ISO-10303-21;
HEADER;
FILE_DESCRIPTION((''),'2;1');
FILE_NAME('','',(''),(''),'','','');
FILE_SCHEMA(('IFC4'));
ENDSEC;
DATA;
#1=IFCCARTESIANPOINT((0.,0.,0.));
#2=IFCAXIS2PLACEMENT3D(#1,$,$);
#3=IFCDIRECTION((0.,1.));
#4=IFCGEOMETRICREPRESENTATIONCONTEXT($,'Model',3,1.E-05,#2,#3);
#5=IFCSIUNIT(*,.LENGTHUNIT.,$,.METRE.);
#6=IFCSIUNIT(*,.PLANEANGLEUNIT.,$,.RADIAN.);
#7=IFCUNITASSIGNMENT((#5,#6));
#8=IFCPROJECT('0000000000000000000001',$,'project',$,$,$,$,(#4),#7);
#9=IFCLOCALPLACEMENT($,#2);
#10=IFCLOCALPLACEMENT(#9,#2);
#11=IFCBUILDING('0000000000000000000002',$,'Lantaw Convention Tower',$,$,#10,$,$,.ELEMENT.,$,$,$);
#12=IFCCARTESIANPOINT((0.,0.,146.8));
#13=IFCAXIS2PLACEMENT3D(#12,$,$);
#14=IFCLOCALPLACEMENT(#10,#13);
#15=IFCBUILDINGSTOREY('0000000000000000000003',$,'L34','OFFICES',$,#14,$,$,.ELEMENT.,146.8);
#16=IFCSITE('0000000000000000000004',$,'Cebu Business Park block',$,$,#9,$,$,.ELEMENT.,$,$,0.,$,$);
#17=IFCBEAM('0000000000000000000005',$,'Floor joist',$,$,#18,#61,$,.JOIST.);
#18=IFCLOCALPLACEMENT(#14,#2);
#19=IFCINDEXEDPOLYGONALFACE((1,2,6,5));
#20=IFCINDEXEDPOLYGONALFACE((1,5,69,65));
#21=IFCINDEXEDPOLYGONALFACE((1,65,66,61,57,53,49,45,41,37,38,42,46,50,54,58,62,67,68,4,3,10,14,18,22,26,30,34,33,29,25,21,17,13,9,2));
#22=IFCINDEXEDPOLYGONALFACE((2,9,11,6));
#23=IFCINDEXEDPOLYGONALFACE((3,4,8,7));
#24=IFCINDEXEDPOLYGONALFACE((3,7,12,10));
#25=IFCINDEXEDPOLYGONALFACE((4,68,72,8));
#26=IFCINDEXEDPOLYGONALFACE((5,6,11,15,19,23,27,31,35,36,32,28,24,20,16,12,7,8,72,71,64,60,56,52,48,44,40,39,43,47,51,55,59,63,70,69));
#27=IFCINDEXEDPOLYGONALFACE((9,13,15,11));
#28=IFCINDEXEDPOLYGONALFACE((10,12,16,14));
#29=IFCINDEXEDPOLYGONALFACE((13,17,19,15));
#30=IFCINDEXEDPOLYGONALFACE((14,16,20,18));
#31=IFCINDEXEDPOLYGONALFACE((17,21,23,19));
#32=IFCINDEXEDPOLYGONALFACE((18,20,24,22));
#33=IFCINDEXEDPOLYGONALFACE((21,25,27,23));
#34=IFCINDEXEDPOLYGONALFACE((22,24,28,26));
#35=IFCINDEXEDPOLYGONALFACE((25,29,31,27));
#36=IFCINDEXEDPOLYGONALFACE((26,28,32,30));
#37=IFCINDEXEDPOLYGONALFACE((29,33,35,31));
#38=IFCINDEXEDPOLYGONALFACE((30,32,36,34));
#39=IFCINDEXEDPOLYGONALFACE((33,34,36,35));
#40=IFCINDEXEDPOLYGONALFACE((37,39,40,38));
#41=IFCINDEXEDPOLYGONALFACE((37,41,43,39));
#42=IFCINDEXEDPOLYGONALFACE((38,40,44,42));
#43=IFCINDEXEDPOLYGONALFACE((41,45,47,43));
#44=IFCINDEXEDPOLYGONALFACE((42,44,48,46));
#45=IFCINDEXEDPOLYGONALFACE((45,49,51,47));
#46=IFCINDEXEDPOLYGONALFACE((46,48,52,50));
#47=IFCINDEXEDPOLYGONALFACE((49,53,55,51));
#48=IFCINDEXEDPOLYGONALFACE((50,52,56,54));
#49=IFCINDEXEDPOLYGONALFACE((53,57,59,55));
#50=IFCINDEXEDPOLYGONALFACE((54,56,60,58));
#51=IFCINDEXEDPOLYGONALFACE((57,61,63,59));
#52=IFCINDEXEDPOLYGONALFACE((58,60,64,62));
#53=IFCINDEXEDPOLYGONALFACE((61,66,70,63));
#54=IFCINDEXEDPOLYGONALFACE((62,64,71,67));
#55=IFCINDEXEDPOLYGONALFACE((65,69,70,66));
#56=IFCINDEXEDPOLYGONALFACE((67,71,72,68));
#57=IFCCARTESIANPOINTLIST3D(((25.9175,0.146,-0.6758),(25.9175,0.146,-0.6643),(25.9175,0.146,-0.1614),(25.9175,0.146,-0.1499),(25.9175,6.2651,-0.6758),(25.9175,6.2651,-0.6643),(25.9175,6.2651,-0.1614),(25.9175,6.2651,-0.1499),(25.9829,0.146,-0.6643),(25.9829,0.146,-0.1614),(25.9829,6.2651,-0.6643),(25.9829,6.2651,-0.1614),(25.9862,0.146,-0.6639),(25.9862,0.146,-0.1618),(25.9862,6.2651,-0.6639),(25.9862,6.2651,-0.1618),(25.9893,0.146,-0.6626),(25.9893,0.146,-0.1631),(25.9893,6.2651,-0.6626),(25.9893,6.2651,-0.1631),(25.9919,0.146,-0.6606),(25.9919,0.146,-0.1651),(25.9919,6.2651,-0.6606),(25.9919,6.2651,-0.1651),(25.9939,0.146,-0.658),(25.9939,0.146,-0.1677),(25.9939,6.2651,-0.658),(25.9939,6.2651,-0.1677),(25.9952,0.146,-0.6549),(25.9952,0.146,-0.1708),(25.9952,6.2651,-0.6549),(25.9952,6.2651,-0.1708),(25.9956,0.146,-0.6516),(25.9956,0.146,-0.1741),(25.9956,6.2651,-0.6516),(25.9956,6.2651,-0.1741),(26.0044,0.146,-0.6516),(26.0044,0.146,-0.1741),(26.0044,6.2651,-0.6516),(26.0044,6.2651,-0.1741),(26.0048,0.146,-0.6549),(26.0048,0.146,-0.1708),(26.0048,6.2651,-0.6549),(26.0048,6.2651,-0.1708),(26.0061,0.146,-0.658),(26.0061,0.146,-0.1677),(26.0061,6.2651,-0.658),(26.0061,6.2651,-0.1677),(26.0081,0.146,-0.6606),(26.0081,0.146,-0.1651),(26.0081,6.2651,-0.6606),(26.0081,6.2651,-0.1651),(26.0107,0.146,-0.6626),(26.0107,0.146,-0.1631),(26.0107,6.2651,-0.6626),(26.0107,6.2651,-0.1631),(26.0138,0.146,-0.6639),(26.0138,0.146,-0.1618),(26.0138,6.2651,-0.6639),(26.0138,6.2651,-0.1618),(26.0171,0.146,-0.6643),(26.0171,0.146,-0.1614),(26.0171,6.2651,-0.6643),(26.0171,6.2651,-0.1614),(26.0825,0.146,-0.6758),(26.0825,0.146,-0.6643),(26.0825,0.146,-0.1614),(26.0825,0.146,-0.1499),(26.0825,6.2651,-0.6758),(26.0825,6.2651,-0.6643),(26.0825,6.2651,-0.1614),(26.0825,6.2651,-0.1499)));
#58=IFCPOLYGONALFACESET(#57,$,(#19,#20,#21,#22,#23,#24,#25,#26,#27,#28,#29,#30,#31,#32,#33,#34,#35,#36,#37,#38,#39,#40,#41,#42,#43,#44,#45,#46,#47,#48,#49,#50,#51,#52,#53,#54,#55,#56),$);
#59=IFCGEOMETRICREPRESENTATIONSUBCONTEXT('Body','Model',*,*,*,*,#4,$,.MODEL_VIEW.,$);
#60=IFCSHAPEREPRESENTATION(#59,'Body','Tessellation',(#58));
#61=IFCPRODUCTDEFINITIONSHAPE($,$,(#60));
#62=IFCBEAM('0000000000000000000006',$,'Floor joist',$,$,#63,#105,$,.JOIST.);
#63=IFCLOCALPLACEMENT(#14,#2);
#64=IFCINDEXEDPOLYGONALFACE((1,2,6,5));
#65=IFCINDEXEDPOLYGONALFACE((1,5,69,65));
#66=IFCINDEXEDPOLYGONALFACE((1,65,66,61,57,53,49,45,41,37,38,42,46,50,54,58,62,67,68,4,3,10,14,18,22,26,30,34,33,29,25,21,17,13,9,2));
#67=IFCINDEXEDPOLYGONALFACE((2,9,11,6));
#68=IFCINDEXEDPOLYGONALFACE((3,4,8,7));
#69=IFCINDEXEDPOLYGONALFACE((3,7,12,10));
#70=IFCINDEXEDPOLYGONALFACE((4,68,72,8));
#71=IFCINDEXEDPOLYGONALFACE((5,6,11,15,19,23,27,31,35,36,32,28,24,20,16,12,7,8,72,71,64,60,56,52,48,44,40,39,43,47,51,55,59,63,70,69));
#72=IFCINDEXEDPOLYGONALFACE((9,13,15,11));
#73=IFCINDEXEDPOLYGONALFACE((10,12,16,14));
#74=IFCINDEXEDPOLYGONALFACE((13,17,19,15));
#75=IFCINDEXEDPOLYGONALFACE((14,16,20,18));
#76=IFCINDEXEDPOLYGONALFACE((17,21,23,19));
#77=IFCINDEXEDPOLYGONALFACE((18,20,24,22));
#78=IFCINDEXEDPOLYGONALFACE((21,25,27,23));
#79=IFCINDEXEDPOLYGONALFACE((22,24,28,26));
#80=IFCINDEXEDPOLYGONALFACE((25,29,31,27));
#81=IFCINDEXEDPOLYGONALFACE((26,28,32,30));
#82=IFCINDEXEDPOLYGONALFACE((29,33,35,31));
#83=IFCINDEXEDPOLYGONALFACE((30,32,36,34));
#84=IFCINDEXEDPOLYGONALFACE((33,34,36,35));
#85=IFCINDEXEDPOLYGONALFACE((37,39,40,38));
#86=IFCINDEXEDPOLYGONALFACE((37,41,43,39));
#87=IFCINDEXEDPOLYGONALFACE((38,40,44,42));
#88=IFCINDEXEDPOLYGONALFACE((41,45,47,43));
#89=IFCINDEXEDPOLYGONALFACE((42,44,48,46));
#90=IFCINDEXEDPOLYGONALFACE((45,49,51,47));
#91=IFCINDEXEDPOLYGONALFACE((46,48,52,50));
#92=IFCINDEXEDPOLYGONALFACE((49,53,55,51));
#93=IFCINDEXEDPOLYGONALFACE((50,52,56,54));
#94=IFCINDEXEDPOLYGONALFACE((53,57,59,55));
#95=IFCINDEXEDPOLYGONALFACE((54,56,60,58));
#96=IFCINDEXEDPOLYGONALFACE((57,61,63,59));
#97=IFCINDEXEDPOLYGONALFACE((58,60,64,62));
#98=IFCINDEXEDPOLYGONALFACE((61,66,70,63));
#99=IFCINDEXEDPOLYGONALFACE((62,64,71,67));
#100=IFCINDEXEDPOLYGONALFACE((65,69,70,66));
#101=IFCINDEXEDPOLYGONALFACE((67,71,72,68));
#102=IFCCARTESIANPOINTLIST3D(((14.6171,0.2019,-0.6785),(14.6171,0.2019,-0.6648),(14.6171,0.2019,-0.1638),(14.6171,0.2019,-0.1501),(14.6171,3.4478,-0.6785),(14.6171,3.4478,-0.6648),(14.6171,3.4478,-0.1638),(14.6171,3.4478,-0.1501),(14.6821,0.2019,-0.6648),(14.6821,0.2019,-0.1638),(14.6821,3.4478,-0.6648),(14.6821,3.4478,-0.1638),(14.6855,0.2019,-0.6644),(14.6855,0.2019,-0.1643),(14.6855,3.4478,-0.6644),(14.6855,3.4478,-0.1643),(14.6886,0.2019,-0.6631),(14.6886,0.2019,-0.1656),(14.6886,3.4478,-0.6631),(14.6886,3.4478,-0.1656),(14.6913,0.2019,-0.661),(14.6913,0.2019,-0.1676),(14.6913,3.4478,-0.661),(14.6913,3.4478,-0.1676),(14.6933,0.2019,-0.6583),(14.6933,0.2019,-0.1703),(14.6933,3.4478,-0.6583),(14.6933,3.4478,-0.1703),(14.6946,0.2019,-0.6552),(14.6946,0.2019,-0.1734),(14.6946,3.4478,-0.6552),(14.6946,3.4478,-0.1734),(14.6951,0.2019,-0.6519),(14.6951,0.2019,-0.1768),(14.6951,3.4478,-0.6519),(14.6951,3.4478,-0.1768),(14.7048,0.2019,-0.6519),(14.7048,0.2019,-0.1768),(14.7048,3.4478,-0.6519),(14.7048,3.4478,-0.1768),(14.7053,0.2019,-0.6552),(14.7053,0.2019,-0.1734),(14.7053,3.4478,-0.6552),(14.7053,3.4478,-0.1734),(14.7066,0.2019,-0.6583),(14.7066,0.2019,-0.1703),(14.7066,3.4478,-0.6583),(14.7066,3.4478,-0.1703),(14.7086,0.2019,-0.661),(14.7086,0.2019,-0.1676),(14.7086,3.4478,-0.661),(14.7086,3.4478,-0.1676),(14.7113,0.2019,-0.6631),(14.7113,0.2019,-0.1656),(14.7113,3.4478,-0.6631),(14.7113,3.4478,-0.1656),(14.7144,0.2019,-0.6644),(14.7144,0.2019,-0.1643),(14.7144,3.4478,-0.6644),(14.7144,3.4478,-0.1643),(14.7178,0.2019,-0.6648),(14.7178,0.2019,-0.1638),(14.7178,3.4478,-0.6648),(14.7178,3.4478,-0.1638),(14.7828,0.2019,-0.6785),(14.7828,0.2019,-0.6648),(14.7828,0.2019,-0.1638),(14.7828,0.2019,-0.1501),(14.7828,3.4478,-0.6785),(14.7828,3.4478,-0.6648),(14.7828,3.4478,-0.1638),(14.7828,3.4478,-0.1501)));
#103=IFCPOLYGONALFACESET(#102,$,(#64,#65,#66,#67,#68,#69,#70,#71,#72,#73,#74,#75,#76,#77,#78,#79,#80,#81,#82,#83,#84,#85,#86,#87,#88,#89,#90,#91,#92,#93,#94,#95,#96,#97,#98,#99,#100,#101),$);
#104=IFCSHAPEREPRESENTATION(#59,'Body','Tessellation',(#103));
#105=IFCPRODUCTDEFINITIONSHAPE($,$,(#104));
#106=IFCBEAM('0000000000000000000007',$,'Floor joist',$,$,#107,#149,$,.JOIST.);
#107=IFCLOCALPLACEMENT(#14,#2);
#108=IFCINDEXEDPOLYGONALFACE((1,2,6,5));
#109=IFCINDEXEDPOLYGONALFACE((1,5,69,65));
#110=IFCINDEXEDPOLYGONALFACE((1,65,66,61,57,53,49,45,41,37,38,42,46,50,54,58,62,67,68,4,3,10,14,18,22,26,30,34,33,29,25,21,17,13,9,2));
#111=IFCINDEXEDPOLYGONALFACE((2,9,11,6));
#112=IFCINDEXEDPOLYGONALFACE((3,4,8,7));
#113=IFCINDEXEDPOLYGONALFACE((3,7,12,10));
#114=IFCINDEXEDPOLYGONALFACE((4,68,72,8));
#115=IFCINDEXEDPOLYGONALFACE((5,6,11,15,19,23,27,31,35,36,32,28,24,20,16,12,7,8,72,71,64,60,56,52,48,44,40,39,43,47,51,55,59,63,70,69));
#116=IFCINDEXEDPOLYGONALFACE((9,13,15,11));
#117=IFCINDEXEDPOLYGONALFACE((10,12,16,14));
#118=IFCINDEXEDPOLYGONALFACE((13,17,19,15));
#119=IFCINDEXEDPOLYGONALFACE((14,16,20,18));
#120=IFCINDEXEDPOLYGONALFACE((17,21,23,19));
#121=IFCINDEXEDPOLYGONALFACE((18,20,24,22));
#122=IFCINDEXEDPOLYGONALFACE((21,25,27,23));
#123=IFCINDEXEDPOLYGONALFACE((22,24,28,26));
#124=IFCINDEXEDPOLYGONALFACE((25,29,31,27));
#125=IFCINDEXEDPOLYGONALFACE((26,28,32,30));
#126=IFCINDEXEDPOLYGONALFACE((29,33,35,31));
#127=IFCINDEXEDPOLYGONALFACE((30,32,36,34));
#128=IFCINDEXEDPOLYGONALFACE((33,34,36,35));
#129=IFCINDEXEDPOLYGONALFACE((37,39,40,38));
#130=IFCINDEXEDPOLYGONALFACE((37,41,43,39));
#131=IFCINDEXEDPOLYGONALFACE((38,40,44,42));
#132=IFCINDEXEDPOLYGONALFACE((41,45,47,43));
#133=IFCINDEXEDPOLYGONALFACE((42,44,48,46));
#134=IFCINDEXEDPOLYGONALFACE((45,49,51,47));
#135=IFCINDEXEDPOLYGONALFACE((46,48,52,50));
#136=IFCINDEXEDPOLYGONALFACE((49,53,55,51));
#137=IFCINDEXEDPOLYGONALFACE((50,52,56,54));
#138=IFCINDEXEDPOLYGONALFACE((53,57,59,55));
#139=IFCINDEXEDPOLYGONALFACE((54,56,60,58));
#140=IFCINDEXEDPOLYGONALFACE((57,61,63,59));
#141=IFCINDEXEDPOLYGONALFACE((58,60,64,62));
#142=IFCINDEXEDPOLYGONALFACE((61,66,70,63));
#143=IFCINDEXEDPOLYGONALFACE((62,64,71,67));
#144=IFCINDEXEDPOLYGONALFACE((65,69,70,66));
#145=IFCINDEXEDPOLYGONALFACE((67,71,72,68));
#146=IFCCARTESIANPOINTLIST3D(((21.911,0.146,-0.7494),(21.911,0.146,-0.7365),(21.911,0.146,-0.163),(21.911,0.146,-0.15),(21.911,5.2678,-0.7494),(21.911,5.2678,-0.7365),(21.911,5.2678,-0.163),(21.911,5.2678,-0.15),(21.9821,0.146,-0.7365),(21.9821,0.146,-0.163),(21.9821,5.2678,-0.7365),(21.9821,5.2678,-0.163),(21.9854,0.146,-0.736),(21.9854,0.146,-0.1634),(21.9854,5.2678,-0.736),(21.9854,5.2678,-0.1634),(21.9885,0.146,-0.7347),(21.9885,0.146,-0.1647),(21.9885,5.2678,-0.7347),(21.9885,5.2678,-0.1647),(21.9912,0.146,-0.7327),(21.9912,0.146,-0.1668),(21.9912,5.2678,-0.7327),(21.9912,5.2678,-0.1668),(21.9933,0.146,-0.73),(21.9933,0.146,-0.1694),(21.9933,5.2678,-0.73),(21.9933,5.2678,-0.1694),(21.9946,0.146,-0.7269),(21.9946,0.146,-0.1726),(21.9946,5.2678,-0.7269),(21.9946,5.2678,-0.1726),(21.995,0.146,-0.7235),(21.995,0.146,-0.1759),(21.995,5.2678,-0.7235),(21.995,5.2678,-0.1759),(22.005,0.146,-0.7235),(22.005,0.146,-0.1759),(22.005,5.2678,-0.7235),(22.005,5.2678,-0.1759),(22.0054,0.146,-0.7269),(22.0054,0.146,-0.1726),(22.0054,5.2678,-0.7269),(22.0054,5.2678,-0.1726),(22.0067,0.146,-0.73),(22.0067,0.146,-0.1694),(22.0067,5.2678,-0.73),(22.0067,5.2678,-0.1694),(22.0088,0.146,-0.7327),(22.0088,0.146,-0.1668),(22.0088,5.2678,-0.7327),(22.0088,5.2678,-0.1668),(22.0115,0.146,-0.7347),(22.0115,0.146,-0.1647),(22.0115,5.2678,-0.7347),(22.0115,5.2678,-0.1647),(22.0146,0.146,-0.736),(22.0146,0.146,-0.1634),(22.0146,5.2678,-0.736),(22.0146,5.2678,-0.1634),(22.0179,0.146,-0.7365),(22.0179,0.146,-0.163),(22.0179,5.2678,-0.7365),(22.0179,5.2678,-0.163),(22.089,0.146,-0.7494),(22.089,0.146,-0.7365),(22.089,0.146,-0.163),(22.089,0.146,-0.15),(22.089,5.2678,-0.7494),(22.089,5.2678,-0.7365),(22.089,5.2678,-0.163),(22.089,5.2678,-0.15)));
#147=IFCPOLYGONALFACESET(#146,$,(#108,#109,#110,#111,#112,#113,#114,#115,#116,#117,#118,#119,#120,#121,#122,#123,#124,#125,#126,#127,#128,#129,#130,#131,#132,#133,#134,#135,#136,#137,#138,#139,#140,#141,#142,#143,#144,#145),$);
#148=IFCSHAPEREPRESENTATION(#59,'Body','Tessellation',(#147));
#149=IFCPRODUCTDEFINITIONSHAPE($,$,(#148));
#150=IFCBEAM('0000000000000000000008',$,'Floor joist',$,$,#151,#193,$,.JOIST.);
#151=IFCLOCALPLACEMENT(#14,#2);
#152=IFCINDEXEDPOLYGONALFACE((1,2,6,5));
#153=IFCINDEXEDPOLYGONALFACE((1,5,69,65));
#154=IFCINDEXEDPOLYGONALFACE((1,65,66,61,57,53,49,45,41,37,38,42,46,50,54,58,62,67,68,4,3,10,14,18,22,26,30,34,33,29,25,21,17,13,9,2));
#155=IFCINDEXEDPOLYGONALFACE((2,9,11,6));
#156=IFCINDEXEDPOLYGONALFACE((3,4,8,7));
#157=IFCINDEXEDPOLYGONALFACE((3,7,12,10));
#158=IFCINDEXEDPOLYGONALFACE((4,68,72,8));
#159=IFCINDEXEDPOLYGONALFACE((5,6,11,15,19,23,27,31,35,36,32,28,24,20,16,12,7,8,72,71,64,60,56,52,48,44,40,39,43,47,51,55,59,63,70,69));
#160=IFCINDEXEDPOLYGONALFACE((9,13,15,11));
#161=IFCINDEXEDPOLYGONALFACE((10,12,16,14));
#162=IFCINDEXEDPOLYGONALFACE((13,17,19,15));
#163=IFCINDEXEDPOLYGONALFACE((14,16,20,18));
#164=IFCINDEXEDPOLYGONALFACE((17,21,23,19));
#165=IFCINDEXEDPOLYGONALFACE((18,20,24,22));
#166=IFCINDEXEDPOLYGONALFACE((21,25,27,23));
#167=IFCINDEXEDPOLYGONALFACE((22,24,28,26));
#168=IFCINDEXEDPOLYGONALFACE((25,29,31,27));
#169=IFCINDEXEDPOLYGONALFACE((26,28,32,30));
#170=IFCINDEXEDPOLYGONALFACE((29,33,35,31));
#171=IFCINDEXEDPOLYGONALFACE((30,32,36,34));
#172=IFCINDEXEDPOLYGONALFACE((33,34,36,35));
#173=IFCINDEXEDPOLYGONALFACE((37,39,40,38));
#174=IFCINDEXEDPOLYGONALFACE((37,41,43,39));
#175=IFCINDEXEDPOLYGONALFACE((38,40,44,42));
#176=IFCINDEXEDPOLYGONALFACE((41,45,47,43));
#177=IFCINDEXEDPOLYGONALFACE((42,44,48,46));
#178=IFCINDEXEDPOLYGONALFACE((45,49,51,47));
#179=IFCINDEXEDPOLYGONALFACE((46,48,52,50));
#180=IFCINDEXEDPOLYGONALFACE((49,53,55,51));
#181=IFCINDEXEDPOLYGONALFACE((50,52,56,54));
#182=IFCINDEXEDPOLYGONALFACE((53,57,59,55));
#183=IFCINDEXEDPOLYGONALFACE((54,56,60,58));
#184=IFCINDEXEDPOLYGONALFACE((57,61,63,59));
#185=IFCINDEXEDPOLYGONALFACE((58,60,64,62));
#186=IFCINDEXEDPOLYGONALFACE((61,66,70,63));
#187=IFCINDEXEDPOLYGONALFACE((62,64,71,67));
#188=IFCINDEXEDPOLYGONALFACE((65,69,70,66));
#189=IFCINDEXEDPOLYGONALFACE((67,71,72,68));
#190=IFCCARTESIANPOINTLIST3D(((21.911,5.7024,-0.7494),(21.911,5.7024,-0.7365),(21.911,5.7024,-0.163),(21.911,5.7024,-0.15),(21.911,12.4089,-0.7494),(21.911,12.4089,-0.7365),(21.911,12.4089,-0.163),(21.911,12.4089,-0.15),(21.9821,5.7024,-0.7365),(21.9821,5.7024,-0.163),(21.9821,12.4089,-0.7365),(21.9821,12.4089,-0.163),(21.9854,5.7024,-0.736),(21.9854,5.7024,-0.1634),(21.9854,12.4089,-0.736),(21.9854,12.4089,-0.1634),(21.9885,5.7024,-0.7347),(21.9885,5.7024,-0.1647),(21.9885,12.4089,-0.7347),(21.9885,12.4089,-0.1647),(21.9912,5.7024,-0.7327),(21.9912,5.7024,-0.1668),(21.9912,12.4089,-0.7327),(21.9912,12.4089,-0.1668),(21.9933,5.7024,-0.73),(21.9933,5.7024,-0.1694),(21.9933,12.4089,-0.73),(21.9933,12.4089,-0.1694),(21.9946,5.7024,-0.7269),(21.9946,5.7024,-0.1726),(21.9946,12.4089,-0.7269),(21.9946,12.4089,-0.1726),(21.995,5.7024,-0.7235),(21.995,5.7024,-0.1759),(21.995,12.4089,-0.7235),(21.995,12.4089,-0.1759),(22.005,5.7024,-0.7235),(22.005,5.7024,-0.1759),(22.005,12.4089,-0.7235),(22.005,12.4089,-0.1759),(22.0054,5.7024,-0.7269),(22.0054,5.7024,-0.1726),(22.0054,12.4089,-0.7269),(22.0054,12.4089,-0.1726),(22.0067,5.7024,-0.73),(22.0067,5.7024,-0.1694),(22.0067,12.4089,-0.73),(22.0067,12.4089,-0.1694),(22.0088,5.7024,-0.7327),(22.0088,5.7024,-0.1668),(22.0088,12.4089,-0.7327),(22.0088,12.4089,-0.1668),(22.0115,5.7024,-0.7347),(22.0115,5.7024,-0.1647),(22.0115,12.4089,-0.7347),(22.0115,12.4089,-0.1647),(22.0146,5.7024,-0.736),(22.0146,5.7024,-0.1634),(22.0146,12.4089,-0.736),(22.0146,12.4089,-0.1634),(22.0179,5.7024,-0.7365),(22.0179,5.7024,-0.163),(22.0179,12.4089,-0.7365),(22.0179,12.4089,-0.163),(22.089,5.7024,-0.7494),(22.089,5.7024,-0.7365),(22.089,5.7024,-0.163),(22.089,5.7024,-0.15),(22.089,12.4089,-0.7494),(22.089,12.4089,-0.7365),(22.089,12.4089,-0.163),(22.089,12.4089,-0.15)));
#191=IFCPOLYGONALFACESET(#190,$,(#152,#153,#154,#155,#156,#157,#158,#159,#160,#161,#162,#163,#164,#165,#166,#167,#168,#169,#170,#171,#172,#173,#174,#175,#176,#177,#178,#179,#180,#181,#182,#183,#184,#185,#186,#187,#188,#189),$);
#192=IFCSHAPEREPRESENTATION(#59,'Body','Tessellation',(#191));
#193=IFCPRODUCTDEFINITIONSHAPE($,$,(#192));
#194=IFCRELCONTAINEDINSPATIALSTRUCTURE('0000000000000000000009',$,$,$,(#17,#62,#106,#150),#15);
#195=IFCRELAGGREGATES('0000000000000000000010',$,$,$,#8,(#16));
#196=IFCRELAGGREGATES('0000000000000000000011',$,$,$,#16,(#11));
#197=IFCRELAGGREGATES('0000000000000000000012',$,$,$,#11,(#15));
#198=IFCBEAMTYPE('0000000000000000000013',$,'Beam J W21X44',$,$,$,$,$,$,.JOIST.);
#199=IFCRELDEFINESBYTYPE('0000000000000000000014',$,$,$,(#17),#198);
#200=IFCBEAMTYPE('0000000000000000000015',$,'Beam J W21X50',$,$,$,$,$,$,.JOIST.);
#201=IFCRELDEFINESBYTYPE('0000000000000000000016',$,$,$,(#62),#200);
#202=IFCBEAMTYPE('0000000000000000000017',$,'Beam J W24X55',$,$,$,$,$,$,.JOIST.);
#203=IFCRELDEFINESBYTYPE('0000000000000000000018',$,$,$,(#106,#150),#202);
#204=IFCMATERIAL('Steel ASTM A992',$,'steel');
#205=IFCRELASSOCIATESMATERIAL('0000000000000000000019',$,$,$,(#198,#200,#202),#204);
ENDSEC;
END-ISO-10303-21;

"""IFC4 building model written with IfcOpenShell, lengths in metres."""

from ifc_helpers import new_model, si_unit, direction, frame, origin, origin_2d, place, context, subcontext, project, spatial, i_section, extrude, material, material_profile, profile_set, type_object, element, save


model = new_model("IFC4")

# Units and contexts
model_context = context("Model", 3, precision=1e-05, world=origin(), true_north=direction((0.0, 1.0)))
body_context = subcontext(model_context, "Body", "Model", "MODEL_VIEW")
ifc_project = project(units=[si_unit("LENGTHUNIT", "METRE"), si_unit("PLANEANGLEUNIT", "RADIAN")], contexts=[model_context])

# Site, building, storey
site_placement = place(None, origin())
site = spatial("IfcSite", under=ifc_project, at=site_placement, Name="Cebu Business Park block", CompositionType="ELEMENT", RefElevation=0.0)
building_placement = place(site_placement, origin())
building = spatial("IfcBuilding", under=site, at=building_placement, Name="Lantaw Convention Tower", CompositionType="ELEMENT")
storey_placement = place(building_placement, frame((0.0, 0.0, 146.8)))
storey = spatial("IfcBuildingStorey", under=building, at=storey_placement, Name="L34", Description="OFFICES", CompositionType="ELEMENT", Elevation=146.8)

# Beams
ifc_material_1 = material(Name="Steel ASTM A992", Category="steel")
ifc_material_profile_1 = material_profile(ifc_material_1, i_section(OverallWidth=0.165, OverallDepth=0.5259, WebThickness=0.0088, FlangeThickness=0.0115, FilletRadius=0.0127, at=origin_2d()), Name="W21X44")
ifc_profile_set_1 = profile_set([ifc_material_profile_1], Name="Steel ASTM A992")
beam_type_1 = type_object("IfcBeamType", Name="Beam J W21X44", PredefinedType="JOIST", material=ifc_profile_set_1)
beam_1_placement = place(storey_placement, frame((26.0, 0.146, -0.4128), z_axis=(0.0, 1.0, 0.0), x_axis=(-1.0, 0.0, 0.0)))
element("IfcBeam", 1, at=beam_1_placement, inside=storey, type_object=beam_type_1, Name="Floor joist", PredefinedType="JOIST", context=body_context, shape_type="SweptSolid", body=[
    extrude(i_section(OverallWidth=0.165, OverallDepth=0.5259, WebThickness=0.0088, FlangeThickness=0.0115, FilletRadius=0.0127, at=origin_2d()), origin(), (0.0, 0.0, 1.0), 6.1191),
])
ifc_material_profile_2 = material_profile(ifc_material_1, i_section(OverallWidth=0.1658, OverallDepth=0.5283, WebThickness=0.0098, FlangeThickness=0.0137, FilletRadius=0.0129, at=origin_2d()), Name="W21X50")
ifc_profile_set_2 = profile_set([ifc_material_profile_2], Name="Steel ASTM A992")
beam_type_2 = type_object("IfcBeamType", Name="Beam J W21X50", PredefinedType="JOIST", material=ifc_profile_set_2)
beam_2_placement = place(storey_placement, frame((14.7, 0.2019, -0.4143), z_axis=(0.0, 1.0, 0.0), x_axis=(-1.0, 0.0, 0.0)))
element("IfcBeam", 2, at=beam_2_placement, inside=storey, type_object=beam_type_2, Name="Floor joist", PredefinedType="JOIST", context=body_context, shape_type="SweptSolid", body=[
    extrude(i_section(OverallWidth=0.1658, OverallDepth=0.5283, WebThickness=0.0098, FlangeThickness=0.0137, FilletRadius=0.0129, at=origin_2d()), origin(), (0.0, 0.0, 1.0), 3.2458),
])
ifc_material_profile_3 = material_profile(ifc_material_1, i_section(OverallWidth=0.178, OverallDepth=0.5994, WebThickness=0.01, FlangeThickness=0.0129, FilletRadius=0.0129, at=origin_2d()), Name="W24X55")
ifc_profile_set_3 = profile_set([ifc_material_profile_3], Name="Steel ASTM A992")
beam_type_3 = type_object("IfcBeamType", Name="Beam J W24X55", PredefinedType="JOIST", material=ifc_profile_set_3)
beam_3_placement = place(storey_placement, frame((22.0, 0.146, -0.4497), z_axis=(0.0, 1.0, 0.0), x_axis=(-1.0, 0.0, 0.0)))
element("IfcBeam", 3, at=beam_3_placement, inside=storey, type_object=beam_type_3, Name="Floor joist", PredefinedType="JOIST", context=body_context, shape_type="SweptSolid", body=[
    extrude(i_section(OverallWidth=0.178, OverallDepth=0.5994, WebThickness=0.01, FlangeThickness=0.0129, FilletRadius=0.0129, at=origin_2d()), origin(), (0.0, 0.0, 1.0), 5.1218),
])
beam_4_placement = place(storey_placement, frame((22.0, 5.7024, -0.4497), z_axis=(0.0, 1.0, 0.0), x_axis=(-1.0, 0.0, 0.0)))
element("IfcBeam", 4, at=beam_4_placement, inside=storey, type_object=beam_type_3, Name="Floor joist", PredefinedType="JOIST", context=body_context, shape_type="SweptSolid", body=[
    extrude(i_section(OverallWidth=0.178, OverallDepth=0.5994, WebThickness=0.01, FlangeThickness=0.0129, FilletRadius=0.0129, at=origin_2d()), origin(), (0.0, 0.0, 1.0), 6.7065),
])

save(model, "model.ifc")
